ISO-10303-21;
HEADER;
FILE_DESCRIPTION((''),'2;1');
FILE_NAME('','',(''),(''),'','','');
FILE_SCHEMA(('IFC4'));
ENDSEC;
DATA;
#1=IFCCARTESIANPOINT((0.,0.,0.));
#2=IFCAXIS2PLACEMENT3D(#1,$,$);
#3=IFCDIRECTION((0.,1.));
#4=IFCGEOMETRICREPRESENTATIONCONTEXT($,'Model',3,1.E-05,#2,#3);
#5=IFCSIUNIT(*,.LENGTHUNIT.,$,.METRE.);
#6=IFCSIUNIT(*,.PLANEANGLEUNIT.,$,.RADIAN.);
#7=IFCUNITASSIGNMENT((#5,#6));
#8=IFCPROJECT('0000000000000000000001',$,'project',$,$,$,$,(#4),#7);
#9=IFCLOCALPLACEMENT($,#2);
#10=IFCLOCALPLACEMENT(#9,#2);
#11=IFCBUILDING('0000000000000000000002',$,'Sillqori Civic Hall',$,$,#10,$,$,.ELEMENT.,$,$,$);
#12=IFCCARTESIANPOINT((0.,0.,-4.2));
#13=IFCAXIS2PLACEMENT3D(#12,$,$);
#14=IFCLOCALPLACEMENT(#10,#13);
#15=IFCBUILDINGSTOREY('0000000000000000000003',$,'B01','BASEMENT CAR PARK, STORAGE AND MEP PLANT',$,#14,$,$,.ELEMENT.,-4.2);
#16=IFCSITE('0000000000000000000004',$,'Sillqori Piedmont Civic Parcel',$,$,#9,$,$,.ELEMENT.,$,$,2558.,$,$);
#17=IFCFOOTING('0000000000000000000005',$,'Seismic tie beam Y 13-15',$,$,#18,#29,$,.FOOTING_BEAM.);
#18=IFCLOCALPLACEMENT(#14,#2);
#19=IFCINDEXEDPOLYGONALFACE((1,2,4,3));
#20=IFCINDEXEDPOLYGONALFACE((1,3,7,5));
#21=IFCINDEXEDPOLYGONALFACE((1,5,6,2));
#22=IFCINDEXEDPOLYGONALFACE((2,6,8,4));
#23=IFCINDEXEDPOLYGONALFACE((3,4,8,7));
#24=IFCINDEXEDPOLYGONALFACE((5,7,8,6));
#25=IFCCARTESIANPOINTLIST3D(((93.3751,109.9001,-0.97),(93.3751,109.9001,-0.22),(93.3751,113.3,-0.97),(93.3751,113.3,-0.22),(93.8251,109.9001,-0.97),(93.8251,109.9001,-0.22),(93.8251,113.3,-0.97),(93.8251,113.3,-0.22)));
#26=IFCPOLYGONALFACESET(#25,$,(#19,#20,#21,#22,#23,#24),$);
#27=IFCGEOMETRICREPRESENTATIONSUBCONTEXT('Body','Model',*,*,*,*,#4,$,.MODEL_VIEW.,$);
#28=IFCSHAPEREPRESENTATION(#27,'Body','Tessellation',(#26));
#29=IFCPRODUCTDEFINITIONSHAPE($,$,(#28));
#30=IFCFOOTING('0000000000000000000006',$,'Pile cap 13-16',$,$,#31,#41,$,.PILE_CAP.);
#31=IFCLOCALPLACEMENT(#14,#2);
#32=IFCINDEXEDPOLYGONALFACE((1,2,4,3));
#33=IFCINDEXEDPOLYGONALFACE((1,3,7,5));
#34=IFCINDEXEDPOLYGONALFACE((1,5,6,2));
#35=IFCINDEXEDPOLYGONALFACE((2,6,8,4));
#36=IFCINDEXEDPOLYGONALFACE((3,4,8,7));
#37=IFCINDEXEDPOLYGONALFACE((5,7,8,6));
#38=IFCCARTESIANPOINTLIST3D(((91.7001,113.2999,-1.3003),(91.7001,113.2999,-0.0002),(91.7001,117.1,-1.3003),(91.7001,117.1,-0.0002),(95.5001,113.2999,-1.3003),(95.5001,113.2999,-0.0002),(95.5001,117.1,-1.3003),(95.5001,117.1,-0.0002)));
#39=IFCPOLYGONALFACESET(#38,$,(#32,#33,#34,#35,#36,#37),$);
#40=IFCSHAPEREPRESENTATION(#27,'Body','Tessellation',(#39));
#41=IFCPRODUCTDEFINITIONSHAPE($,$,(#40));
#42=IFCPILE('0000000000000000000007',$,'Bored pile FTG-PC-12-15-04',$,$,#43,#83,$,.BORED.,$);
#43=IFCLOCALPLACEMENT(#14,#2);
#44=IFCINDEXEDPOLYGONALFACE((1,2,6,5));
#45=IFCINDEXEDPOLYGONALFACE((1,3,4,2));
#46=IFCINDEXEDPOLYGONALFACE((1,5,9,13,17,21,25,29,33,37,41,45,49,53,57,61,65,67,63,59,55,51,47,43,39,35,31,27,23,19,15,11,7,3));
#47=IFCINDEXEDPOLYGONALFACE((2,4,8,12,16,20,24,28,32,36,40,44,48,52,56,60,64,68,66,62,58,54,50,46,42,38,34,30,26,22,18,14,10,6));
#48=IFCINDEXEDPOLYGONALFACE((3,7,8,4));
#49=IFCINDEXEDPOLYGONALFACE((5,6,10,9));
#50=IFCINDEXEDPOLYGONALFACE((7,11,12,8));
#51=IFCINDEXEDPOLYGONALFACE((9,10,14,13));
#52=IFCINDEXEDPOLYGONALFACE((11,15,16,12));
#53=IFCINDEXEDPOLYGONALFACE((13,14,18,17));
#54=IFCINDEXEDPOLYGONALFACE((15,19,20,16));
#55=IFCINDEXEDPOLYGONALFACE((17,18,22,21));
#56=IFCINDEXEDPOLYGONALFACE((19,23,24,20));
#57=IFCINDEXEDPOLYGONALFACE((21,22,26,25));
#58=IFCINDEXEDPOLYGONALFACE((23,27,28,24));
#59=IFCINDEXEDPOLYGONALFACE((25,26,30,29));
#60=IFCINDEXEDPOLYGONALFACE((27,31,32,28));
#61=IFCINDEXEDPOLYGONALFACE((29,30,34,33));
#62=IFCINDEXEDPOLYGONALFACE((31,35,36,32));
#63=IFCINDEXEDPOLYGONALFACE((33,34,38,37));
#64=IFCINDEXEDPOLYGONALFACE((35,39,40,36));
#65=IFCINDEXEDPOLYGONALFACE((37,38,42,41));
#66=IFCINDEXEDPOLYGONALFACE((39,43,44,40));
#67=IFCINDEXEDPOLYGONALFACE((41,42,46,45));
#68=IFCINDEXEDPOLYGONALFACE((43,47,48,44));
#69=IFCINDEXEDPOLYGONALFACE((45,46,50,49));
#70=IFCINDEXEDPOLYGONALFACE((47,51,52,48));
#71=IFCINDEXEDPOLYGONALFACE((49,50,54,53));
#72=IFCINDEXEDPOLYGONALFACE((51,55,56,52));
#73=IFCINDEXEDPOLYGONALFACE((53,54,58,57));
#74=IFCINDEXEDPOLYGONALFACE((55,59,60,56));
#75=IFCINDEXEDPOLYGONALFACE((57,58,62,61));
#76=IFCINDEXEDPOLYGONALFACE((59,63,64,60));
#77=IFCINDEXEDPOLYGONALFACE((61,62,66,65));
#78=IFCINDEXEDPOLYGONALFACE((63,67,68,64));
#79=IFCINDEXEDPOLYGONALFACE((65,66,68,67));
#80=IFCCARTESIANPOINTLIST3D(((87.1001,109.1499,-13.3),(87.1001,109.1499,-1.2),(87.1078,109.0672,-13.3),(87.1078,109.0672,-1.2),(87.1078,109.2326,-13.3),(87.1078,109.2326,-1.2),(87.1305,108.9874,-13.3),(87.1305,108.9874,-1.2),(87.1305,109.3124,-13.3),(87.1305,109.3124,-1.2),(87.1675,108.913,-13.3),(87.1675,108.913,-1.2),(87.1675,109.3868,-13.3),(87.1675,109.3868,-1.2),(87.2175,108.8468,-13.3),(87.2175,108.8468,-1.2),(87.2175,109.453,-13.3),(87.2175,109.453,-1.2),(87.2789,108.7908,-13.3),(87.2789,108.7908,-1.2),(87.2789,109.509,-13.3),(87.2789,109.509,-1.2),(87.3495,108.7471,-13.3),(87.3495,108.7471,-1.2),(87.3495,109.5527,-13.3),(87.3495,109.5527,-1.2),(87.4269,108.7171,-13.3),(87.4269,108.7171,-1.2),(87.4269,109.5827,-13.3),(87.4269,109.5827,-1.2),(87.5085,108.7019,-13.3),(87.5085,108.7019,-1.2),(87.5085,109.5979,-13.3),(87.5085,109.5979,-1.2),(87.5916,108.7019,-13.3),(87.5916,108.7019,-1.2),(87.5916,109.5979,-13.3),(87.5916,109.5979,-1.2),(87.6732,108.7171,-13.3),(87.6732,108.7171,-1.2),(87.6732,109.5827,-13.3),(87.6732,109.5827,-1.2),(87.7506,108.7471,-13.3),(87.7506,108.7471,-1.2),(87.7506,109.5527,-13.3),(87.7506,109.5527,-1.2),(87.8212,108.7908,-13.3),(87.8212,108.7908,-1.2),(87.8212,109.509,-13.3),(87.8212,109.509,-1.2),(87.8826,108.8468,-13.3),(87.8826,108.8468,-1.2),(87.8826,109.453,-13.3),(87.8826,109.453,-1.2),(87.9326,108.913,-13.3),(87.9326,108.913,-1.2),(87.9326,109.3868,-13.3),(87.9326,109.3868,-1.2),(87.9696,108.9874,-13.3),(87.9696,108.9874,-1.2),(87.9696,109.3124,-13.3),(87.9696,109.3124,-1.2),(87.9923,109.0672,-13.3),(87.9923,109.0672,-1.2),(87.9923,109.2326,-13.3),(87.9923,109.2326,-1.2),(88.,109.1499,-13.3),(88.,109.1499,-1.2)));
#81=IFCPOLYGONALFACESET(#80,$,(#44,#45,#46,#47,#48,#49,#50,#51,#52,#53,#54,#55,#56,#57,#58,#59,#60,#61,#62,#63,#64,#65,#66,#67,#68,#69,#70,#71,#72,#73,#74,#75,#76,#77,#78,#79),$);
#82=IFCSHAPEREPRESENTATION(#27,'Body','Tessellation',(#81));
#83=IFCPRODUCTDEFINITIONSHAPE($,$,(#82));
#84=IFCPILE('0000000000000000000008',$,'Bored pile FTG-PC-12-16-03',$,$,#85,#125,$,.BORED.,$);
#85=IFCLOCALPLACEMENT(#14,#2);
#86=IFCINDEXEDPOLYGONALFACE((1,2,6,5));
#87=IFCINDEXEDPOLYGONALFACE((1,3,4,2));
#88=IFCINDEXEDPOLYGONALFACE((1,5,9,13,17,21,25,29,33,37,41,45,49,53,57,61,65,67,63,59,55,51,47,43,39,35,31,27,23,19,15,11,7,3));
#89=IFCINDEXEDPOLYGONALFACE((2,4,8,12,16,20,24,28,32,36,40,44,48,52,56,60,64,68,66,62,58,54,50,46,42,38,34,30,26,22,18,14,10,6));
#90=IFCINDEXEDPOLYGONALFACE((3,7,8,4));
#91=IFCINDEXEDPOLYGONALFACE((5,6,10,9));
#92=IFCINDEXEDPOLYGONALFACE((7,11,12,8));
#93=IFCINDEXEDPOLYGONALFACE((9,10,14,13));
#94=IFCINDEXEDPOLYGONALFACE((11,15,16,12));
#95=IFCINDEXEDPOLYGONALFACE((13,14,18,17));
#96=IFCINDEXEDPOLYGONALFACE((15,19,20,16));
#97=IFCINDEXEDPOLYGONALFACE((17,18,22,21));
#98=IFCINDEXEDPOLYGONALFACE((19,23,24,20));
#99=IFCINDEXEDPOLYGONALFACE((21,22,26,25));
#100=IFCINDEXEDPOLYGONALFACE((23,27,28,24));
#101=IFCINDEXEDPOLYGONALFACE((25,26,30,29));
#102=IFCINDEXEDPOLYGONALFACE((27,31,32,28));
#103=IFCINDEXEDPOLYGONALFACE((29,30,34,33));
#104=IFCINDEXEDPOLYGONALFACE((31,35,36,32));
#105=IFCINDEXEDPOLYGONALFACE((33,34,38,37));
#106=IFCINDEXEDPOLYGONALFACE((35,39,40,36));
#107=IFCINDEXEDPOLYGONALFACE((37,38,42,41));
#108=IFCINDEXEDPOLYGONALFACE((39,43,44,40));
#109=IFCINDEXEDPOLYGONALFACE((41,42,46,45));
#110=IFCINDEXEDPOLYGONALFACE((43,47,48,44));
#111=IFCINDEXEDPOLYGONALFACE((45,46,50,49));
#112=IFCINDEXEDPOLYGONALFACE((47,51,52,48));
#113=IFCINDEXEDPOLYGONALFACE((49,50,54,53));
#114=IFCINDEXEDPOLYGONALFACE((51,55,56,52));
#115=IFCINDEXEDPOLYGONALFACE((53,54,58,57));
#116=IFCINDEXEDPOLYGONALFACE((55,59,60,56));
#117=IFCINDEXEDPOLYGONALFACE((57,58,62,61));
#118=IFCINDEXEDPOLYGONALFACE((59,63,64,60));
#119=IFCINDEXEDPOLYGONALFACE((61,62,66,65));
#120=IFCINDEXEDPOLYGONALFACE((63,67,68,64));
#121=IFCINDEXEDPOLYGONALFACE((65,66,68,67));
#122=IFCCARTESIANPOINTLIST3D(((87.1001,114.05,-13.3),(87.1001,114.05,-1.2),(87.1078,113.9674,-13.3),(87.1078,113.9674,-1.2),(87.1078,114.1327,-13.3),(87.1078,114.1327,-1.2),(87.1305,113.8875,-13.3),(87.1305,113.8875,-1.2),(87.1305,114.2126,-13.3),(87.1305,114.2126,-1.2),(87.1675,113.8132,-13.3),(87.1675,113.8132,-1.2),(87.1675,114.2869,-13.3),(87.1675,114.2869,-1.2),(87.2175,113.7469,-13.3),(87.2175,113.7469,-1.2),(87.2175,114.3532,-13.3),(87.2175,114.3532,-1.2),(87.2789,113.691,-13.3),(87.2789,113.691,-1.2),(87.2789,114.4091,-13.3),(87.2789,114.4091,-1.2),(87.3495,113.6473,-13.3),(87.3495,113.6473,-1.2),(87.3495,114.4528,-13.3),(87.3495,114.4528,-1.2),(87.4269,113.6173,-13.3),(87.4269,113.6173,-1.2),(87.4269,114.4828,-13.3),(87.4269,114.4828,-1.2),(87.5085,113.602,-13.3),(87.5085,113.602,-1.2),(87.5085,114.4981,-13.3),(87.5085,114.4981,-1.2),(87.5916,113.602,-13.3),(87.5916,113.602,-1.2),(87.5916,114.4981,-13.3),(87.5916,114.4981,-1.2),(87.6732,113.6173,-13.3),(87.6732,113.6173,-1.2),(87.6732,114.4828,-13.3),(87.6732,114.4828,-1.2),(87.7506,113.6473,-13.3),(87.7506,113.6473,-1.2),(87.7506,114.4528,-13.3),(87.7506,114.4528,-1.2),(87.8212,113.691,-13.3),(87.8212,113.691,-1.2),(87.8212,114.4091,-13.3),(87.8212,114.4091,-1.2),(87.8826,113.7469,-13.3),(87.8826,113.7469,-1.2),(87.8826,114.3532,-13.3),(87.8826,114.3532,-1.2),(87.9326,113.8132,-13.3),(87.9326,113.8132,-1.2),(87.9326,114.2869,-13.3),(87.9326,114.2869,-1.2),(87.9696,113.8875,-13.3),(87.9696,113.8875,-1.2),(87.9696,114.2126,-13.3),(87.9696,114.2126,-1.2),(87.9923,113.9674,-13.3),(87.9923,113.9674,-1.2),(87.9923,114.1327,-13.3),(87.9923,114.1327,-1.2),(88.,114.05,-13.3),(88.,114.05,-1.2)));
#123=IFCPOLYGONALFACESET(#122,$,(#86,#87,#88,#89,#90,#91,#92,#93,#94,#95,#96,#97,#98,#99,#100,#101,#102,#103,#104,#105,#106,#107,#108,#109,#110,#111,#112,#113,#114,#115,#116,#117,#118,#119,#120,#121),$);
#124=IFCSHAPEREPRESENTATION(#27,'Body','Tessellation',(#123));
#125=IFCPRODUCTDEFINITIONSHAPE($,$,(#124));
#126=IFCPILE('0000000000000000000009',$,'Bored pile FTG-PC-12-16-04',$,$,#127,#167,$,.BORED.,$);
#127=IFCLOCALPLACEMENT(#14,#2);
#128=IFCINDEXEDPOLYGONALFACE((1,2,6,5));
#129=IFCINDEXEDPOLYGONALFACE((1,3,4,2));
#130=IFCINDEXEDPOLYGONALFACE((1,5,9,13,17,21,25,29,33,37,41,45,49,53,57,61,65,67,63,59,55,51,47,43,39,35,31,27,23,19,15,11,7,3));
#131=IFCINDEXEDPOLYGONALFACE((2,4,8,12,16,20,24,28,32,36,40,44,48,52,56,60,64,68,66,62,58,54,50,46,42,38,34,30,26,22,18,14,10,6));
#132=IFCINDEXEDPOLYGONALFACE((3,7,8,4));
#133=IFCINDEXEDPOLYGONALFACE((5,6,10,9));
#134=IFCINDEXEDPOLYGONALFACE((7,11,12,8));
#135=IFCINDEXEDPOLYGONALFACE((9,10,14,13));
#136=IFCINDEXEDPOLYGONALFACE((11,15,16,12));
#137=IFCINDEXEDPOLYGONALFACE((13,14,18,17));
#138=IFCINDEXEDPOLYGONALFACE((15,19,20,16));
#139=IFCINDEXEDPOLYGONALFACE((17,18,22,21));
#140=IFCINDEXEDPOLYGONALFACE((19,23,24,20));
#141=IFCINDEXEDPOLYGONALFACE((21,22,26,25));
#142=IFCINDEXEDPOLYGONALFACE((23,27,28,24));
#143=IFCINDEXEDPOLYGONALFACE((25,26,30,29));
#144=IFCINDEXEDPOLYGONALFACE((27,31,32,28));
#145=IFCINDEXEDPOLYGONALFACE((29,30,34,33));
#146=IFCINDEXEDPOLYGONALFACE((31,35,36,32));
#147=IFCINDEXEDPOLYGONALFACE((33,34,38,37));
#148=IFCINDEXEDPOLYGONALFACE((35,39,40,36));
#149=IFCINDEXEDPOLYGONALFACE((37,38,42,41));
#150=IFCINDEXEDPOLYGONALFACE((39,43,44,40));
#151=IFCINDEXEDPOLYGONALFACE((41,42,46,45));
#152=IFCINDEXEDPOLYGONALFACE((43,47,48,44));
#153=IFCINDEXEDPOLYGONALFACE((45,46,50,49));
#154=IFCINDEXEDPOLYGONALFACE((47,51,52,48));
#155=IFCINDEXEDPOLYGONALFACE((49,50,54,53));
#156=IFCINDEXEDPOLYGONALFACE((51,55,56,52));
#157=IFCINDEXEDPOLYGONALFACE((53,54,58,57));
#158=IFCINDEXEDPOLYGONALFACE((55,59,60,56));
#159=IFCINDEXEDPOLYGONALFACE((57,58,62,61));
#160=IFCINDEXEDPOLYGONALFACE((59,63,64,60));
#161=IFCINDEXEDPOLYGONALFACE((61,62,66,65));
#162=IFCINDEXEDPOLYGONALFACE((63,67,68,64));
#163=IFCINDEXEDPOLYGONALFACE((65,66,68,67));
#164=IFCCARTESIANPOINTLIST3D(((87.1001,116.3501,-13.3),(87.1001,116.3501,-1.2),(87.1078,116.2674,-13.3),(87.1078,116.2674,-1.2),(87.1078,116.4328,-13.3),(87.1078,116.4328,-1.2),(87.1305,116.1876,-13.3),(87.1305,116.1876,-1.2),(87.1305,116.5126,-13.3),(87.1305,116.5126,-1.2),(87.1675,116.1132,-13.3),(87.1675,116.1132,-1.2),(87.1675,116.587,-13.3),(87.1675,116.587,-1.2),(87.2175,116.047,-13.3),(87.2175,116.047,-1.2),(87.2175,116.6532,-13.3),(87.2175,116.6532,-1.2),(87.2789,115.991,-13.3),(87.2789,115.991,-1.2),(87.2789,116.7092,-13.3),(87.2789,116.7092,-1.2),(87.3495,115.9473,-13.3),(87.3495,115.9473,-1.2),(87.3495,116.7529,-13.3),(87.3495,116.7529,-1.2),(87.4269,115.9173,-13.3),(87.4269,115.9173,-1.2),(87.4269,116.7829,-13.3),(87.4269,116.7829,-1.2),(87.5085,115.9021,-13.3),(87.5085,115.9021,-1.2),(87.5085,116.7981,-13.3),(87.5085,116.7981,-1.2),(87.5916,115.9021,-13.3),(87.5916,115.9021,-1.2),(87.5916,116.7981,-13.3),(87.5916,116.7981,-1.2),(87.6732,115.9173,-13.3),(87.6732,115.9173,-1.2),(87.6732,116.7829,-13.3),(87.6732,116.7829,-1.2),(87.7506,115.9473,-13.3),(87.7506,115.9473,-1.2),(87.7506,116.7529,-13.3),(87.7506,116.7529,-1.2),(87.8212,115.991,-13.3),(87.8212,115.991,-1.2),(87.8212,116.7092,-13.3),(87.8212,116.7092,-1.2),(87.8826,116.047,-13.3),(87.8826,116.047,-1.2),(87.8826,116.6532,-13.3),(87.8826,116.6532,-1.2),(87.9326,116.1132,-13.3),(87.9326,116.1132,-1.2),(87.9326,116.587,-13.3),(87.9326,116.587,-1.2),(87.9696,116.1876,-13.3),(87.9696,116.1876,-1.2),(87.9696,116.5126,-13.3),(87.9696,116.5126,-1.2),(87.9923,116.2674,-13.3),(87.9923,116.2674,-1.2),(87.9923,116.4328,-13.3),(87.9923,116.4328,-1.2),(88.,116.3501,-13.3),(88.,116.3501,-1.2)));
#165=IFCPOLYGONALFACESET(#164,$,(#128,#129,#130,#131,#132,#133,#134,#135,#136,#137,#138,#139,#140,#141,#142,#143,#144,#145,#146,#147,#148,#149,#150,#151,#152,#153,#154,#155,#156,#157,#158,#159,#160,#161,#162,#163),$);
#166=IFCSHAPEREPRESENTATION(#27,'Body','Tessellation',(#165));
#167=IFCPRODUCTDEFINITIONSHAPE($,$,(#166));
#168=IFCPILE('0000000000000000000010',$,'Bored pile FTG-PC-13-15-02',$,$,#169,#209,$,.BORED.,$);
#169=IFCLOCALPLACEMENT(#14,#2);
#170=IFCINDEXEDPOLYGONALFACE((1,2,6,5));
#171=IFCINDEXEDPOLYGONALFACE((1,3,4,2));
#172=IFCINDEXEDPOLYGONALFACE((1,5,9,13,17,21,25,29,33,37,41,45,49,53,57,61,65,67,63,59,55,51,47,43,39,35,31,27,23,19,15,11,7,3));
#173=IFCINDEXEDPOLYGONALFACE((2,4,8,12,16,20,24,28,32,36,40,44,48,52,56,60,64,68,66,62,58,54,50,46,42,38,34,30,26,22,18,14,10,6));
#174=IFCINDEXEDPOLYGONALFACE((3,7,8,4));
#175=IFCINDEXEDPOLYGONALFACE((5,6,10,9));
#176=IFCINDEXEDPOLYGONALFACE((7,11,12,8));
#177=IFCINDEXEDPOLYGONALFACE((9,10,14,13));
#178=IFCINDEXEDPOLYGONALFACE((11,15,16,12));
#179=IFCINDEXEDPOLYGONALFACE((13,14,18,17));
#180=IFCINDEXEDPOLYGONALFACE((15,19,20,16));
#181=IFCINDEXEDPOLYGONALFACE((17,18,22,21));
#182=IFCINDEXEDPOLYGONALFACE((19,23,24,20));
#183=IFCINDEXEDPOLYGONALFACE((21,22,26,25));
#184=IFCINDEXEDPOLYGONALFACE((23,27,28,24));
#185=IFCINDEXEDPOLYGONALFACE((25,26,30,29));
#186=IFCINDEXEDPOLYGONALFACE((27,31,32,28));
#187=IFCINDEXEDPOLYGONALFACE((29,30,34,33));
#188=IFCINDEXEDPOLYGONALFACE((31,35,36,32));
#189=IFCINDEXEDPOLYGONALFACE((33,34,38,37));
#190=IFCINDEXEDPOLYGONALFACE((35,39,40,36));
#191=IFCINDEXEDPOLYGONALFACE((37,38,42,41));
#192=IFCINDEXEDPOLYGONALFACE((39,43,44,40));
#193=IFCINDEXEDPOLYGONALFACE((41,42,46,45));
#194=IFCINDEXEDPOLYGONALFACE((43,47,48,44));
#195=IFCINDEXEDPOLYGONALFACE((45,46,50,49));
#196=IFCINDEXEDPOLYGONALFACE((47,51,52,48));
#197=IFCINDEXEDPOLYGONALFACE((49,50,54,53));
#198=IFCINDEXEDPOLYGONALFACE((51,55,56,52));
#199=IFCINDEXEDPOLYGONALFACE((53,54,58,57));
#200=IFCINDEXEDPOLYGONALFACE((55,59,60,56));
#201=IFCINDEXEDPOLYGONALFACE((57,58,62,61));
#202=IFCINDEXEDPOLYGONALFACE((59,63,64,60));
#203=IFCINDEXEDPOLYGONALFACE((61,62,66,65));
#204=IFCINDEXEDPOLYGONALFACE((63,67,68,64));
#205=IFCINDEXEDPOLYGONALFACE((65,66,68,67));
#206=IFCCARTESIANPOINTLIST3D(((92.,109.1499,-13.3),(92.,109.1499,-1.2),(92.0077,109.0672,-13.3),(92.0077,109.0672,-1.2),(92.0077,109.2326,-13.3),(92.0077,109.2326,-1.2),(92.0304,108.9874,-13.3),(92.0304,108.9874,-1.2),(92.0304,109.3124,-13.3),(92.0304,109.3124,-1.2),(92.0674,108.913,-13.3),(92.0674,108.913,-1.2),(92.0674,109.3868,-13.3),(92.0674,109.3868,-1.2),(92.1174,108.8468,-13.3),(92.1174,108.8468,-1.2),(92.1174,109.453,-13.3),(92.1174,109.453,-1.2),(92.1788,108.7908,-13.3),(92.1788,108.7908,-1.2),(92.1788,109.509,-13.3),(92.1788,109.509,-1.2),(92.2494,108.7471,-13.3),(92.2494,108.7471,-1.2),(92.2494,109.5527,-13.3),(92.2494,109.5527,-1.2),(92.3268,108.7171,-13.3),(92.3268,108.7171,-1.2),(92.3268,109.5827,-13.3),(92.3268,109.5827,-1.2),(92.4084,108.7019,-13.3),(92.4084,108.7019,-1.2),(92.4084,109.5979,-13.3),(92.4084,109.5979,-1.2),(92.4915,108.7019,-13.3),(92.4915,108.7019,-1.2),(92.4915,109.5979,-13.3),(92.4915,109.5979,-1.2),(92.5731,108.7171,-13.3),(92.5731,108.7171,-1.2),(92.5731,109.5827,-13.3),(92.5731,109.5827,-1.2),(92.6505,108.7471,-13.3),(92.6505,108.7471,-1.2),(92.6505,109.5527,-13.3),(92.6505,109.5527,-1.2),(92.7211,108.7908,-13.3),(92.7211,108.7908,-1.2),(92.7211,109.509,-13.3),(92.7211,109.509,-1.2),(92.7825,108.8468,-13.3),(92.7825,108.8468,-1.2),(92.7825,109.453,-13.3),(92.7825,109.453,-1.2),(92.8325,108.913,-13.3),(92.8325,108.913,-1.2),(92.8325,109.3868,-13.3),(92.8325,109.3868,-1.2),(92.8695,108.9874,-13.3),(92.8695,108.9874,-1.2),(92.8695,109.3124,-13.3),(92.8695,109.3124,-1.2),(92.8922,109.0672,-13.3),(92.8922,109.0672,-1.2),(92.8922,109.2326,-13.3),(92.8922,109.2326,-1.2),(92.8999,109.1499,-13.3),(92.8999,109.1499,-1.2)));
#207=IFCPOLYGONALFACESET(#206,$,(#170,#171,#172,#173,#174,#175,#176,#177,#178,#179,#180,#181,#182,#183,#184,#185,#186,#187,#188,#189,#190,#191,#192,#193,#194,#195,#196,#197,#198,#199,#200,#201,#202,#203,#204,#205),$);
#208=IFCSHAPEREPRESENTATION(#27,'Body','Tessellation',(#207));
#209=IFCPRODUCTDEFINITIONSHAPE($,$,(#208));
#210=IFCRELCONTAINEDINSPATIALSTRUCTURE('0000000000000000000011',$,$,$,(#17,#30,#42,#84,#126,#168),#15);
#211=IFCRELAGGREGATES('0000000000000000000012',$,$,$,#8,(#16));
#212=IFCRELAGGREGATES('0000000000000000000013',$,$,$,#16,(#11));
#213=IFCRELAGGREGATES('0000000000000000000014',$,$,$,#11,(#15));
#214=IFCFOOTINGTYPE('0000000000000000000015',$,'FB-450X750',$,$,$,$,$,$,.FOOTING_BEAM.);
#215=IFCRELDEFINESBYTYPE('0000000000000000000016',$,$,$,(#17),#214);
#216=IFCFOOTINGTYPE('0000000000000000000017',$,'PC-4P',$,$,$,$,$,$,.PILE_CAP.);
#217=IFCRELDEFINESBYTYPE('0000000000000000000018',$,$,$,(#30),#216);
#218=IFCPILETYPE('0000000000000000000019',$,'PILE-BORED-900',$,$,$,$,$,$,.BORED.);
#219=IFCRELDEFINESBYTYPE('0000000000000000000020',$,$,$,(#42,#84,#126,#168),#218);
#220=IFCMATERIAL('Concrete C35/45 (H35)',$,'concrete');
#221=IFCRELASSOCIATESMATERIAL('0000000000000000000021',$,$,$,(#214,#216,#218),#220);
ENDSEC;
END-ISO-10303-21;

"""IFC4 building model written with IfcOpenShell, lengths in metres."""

from ifc_helpers import new_model, si_unit, direction, frame, origin, origin_2d, place, context, subcontext, project, spatial, rectangle, circle, extrude, material, material_profile, profile_set, type_object, element, save


model = new_model("IFC4")

# Units and contexts
model_context = context("Model", 3, precision=1e-05, world=origin(), true_north=direction((0.0, 1.0)))
body_context = subcontext(model_context, "Body", "Model", "MODEL_VIEW")
ifc_project = project(units=[si_unit("LENGTHUNIT", "METRE"), si_unit("PLANEANGLEUNIT", "RADIAN")], contexts=[model_context])

# Site, building, storey
site_placement = place(None, origin())
site = spatial("IfcSite", under=ifc_project, at=site_placement, Name="Sillqori Piedmont Civic Parcel", CompositionType="ELEMENT", RefElevation=2558.0)
building_placement = place(site_placement, origin())
building = spatial("IfcBuilding", under=site, at=building_placement, Name="Sillqori Civic Hall", CompositionType="ELEMENT")
storey_placement = place(building_placement, frame((0.0, 0.0, -4.2)))
storey = spatial("IfcBuildingStorey", under=building, at=storey_placement, Name="B01", Description="BASEMENT CAR PARK, STORAGE AND MEP PLANT", CompositionType="ELEMENT", Elevation=-4.2)

# Footings
ifc_material_1 = material(Name="Concrete C35/45 (H35)", Category="concrete")
footing_type_1 = type_object("IfcFootingType", Name="FB-450X750", PredefinedType="FOOTING_BEAM", material=ifc_material_1)
footing_1_placement = place(storey_placement, frame((93.6001, 111.6001, -0.97), z_axis=(0.0, 0.0, 1.0), x_axis=(1.0, 0.0, 0.0)))
element("IfcFooting", 1, at=footing_1_placement, inside=storey, type_object=footing_type_1, Name="Seismic tie beam Y 13-15", PredefinedType="FOOTING_BEAM", context=body_context, shape_type="SweptSolid", body=[
    extrude(rectangle(XDim=0.45, YDim=3.3999, at=origin_2d()), origin(), (0.0, 0.0, 1.0), 0.75),
])
footing_type_2 = type_object("IfcFootingType", Name="PC-4P", PredefinedType="PILE_CAP", material=ifc_material_1)
footing_2_placement = place(storey_placement, frame((93.6001, 115.2, -1.3003), z_axis=(0.0, 0.0, 1.0), x_axis=(1.0, 0.0, 0.0)))
element("IfcFooting", 2, at=footing_2_placement, inside=storey, type_object=footing_type_2, Name="Pile cap 13-16", PredefinedType="PILE_CAP", context=body_context, shape_type="SweptSolid", body=[
    extrude(rectangle(XDim=3.8, YDim=3.8, at=origin_2d()), origin(), (0.0, 0.0, 1.0), 1.3),
])

# Piles
ifc_material_profile_1 = material_profile(ifc_material_1, circle(Radius=0.45, at=origin_2d()), Name="BORED PILE 900")
ifc_profile_set_1 = profile_set([ifc_material_profile_1], Name="Concrete C35/45 (H35)")
pile_type = type_object("IfcPileType", Name="PILE-BORED-900", PredefinedType="BORED", material=ifc_profile_set_1)
for number, where, z_axis, x_axis, name in (
    (3, (87.55, 109.1499, -1.2), (0.0, 0.0, -1.0), (1.0, 0.0, 0.0), "Bored pile FTG-PC-12-15-04"),
    (4, (87.55, 114.05, -1.2), (0.0, 0.0, -1.0), (1.0, 0.0, 0.0), "Bored pile FTG-PC-12-16-03"),
    (5, (87.55, 116.3501, -1.2), (0.0, 0.0, -1.0), (1.0, 0.0, 0.0), "Bored pile FTG-PC-12-16-04"),
    (6, (92.45, 109.1499, -1.2), (0.0, 0.0, -1.0), (1.0, 0.0, 0.0), "Bored pile FTG-PC-13-15-02"),
):
    element("IfcPile", number, at=place(storey_placement, frame(where, z_axis=z_axis, x_axis=x_axis)), inside=storey, type_object=pile_type, Name=name, PredefinedType="BORED", context=body_context, shape_type="SweptSolid", body=[
        extrude(circle(Radius=0.45, at=origin_2d()), origin(), (0.0, 0.0, 1.0), 12.1001),
    ])

save(model, "model.ifc")
